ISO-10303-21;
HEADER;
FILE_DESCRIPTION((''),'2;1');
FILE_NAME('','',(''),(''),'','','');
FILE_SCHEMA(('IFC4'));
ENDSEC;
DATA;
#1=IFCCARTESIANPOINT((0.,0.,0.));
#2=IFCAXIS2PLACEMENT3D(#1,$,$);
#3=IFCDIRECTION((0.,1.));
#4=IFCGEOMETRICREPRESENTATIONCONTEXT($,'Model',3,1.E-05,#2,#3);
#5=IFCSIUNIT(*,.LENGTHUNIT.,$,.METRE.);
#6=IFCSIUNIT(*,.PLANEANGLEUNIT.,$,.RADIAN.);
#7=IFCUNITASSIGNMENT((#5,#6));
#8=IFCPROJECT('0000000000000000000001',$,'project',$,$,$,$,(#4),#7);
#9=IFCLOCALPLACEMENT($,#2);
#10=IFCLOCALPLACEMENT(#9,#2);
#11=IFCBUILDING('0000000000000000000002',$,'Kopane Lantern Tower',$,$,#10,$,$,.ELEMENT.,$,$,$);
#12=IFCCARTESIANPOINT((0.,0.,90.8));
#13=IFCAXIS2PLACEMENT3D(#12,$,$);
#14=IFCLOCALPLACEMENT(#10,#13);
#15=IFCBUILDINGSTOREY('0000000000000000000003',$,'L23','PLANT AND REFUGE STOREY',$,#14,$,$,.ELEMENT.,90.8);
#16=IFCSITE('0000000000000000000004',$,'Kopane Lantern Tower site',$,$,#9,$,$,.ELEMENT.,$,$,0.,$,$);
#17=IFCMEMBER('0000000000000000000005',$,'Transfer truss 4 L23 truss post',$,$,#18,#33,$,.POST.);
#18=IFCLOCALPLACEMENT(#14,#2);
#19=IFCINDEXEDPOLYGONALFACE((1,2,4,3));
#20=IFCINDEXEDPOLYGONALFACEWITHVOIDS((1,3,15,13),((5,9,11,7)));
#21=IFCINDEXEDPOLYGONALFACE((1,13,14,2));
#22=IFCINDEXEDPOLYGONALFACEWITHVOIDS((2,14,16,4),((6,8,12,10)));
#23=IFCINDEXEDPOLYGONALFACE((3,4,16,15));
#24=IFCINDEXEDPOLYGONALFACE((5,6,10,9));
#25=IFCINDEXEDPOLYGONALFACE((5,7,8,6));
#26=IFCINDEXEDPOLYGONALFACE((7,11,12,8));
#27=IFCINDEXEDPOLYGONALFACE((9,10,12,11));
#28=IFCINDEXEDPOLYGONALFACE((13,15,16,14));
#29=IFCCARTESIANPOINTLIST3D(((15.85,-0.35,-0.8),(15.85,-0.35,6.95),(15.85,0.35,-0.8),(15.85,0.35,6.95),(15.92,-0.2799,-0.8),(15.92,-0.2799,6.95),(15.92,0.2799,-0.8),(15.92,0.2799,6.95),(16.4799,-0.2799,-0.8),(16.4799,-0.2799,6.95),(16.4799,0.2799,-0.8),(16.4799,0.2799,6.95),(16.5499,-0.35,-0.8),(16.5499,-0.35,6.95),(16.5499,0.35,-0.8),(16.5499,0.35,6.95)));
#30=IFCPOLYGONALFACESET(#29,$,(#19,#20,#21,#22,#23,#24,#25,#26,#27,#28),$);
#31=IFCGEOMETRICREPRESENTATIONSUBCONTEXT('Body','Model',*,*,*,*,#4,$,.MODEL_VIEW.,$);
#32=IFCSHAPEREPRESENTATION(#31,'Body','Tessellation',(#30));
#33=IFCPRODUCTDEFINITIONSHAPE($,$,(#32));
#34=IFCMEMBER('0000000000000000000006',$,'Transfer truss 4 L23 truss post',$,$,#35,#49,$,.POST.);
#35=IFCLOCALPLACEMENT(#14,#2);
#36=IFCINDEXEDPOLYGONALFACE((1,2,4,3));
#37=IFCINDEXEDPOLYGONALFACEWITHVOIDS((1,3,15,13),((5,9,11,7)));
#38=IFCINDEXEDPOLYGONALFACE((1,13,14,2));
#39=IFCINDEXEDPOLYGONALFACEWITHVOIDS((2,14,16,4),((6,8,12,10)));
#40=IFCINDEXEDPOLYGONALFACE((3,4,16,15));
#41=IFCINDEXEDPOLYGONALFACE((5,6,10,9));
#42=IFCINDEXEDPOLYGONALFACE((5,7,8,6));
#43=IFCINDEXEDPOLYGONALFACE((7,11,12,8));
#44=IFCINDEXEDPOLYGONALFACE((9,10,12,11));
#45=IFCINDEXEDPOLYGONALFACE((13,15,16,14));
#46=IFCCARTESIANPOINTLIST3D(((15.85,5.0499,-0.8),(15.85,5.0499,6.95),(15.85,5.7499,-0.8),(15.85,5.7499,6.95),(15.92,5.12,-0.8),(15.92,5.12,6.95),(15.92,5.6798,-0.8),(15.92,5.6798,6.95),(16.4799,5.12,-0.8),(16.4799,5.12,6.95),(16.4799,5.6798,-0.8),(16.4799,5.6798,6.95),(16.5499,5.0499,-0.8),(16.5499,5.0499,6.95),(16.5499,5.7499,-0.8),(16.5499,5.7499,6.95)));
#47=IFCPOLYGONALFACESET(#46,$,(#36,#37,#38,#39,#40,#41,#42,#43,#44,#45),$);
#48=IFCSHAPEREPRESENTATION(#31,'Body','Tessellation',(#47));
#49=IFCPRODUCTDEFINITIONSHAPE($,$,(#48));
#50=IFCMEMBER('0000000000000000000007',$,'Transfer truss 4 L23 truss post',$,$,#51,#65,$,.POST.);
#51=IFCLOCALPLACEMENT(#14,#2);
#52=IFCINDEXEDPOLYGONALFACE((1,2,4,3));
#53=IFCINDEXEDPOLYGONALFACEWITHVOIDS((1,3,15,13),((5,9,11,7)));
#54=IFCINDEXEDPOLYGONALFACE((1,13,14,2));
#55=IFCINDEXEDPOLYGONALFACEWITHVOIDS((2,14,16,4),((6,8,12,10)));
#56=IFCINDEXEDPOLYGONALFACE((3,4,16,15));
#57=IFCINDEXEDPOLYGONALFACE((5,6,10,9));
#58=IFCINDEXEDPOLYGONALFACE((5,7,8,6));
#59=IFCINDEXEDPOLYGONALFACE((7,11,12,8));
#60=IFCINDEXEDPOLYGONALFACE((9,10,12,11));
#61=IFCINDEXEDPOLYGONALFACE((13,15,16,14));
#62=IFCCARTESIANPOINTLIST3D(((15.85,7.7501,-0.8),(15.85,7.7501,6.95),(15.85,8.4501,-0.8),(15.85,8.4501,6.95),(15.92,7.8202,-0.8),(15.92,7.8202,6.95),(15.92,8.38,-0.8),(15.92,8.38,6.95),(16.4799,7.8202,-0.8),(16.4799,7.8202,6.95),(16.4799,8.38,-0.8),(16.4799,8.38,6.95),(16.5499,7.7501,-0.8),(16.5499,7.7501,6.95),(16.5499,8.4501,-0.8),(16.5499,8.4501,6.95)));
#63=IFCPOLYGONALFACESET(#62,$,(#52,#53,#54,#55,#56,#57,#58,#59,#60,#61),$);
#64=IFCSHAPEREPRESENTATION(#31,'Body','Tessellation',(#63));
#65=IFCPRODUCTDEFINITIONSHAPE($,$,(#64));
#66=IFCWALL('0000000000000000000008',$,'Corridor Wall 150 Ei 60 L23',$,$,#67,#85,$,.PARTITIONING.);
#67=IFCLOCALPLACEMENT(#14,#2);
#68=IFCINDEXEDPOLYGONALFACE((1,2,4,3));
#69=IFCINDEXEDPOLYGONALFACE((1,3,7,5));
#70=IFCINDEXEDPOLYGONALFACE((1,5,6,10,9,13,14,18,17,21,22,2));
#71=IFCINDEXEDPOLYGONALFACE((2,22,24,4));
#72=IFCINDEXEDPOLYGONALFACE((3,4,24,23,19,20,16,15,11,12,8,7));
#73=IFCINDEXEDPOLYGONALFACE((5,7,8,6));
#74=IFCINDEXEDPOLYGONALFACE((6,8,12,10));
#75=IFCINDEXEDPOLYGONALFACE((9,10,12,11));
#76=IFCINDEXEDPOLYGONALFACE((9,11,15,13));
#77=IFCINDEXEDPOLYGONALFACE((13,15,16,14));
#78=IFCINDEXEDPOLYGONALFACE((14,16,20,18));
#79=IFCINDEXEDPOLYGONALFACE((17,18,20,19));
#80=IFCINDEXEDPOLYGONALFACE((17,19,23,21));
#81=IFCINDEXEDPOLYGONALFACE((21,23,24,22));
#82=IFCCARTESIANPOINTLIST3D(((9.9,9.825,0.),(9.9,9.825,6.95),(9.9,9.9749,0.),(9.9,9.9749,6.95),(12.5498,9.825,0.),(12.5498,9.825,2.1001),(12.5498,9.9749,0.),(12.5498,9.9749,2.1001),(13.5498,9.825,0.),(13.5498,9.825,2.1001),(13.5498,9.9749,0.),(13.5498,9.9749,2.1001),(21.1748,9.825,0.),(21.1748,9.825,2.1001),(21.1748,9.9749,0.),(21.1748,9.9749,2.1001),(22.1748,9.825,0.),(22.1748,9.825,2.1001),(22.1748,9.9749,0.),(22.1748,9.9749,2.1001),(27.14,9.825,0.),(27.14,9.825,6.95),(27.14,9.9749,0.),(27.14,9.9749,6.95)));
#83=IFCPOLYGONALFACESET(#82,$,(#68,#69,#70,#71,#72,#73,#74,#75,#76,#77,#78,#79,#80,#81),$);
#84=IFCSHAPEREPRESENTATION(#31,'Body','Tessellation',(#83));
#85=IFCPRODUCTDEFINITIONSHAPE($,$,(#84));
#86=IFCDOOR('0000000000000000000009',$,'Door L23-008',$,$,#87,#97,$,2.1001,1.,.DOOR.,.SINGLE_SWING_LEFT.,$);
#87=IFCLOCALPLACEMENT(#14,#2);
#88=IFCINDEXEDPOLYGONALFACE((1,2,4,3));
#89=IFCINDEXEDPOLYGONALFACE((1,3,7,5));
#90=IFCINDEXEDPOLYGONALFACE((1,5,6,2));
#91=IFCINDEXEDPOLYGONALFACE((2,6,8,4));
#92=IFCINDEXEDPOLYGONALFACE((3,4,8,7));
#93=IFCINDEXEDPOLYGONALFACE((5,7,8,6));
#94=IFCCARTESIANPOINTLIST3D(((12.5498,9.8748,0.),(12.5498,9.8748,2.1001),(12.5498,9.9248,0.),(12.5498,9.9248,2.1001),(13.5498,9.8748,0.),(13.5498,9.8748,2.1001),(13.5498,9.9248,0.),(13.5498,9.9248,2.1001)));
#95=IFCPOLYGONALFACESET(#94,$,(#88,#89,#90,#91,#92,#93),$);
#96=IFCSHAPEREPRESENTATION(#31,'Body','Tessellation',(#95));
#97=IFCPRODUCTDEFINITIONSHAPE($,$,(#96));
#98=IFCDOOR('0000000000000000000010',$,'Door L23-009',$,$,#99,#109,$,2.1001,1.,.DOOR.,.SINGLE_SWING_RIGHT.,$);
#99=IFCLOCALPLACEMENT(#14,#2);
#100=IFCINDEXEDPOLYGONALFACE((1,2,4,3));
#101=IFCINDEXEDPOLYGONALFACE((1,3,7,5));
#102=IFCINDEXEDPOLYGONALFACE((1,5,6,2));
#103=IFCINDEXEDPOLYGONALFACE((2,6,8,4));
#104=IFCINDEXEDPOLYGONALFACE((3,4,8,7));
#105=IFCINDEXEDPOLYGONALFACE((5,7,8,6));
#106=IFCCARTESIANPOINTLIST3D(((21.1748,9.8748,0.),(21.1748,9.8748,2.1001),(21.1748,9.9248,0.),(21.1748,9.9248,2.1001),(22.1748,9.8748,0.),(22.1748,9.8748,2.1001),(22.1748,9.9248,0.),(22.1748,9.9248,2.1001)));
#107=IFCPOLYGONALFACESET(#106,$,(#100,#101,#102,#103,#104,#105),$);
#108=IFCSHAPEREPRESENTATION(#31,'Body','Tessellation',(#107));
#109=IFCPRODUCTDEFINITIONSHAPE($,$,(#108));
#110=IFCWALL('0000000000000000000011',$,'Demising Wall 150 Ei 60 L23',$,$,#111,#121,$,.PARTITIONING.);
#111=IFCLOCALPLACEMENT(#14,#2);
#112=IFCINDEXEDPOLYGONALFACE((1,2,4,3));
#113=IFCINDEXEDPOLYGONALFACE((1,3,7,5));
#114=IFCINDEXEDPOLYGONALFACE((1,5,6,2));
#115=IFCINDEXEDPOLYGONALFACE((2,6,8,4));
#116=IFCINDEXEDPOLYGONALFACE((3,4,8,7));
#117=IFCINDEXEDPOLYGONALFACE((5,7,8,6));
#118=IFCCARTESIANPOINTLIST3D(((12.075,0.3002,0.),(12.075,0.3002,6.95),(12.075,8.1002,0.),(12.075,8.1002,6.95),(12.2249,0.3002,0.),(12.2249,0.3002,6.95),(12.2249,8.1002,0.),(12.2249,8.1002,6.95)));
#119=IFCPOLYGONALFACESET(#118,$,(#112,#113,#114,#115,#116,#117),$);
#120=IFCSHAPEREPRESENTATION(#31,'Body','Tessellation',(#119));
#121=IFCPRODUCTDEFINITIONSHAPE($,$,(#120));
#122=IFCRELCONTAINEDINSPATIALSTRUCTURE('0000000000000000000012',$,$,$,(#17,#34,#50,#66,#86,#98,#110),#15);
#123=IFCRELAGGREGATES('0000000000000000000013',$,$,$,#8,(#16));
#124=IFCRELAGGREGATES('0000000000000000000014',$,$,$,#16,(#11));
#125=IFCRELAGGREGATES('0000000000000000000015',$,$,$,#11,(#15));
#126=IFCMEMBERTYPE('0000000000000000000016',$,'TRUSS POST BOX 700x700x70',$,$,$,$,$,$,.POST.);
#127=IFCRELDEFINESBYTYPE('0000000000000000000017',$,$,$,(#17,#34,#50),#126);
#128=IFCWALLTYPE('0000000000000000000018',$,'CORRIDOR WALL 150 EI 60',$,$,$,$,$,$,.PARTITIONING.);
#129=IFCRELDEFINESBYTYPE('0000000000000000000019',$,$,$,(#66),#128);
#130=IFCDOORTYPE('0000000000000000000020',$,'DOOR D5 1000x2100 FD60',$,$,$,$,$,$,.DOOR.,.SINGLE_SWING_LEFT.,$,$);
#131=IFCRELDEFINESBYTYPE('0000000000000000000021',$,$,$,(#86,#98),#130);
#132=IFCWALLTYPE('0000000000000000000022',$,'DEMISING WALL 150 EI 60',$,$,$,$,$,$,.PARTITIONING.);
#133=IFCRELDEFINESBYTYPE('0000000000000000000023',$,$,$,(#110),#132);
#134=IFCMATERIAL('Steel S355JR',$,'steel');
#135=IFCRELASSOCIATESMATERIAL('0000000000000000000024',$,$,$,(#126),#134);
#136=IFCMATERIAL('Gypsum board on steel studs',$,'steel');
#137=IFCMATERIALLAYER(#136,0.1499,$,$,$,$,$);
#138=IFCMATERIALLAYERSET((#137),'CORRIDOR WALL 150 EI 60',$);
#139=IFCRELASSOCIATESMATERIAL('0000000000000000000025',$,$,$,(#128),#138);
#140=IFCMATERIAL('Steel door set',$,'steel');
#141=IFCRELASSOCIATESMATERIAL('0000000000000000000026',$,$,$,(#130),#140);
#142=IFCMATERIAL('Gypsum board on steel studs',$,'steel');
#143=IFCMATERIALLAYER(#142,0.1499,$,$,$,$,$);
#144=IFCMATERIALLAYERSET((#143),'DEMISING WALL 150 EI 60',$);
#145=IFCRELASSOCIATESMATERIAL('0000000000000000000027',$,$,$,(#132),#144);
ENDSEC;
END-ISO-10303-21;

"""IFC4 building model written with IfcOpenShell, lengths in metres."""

from ifc_helpers import new_model, si_unit, direction, frame, frame_2d, origin, origin_2d, place, context, subcontext, project, spatial, rectangle, hollow_rectangle, extrude, material, layer, layer_set, material_profile, profile_set, type_object, element, fill, save


model = new_model("IFC4")

# Units and contexts
model_context = context("Model", 3, precision=1e-05, world=origin(), true_north=direction((0.0, 1.0)))
body_context = subcontext(model_context, "Body", "Model", "MODEL_VIEW")
ifc_project = project(units=[si_unit("LENGTHUNIT", "METRE"), si_unit("PLANEANGLEUNIT", "RADIAN")], contexts=[model_context])

# Site, building, storey
site_placement = place(None, origin())
site = spatial("IfcSite", under=ifc_project, at=site_placement, Name="Kopane Lantern Tower site", CompositionType="ELEMENT", RefElevation=0.0)
building_placement = place(site_placement, origin())
building = spatial("IfcBuilding", under=site, at=building_placement, Name="Kopane Lantern Tower", CompositionType="ELEMENT")
storey_placement = place(building_placement, frame((0.0, 0.0, 90.8)))
storey = spatial("IfcBuildingStorey", under=building, at=storey_placement, Name="L23", Description="PLANT AND REFUGE STOREY", CompositionType="ELEMENT", Elevation=90.8)

# Members
ifc_material_1 = material(Name="Steel S355JR", Category="steel")
ifc_material_profile_1 = material_profile(ifc_material_1, hollow_rectangle(XDim=0.7, YDim=0.7, WallThickness=0.0701, at=origin_2d()), Name="BOX 700x700x70")
ifc_profile_set_1 = profile_set([ifc_material_profile_1], Name="Steel S355JR")
member_type_1 = type_object("IfcMemberType", Name="TRUSS POST BOX 700x700x70", PredefinedType="POST", material=ifc_profile_set_1)
for number, where, z_axis, x_axis, name in (
    (1, (16.2, 0.0, -0.8), (0.0, 0.0, 1.0), (1.0, 0.0, 0.0), "Transfer truss 4 L23 truss post"),
    (2, (16.2, 5.3999, -0.8), (0.0, 0.0, 1.0), (1.0, 0.0, 0.0), "Transfer truss 4 L23 truss post"),
    (3, (16.2, 8.1001, -0.8), (0.0, 0.0, 1.0), (1.0, 0.0, 0.0), "Transfer truss 4 L23 truss post"),
):
    element("IfcMember", number, at=place(storey_placement, frame(where, z_axis=z_axis, x_axis=x_axis)), inside=storey, type_object=member_type_1, Name=name, PredefinedType="POST", context=body_context, shape_type="SweptSolid", body=[
        extrude(hollow_rectangle(XDim=0.7, YDim=0.7, WallThickness=0.0701, at=origin_2d()), origin(), (0.0, 0.0, 1.0), 7.75),
    ])

# Wall, openings, doors
ifc_material_2 = material(Name="Gypsum board on steel studs", Category="steel")
ifc_layer_1 = layer(ifc_material_2, 0.1499)
ifc_layer_set_1 = layer_set([ifc_layer_1], Name="CORRIDOR WALL 150 EI 60")
wall_type_1 = type_object("IfcWallType", Name="CORRIDOR WALL 150 EI 60", PredefinedType="PARTITIONING", material=ifc_layer_set_1)
wall_1_placement = place(storey_placement, frame((9.8999, 9.8999, 0.0), z_axis=(0.0, 0.0, 1.0), x_axis=(1.0, 0.0, 0.0)))
wall_1 = element("IfcWall", 4, at=wall_1_placement, inside=storey, type_object=wall_type_1, Name="Corridor Wall 150 Ei 60 L23", PredefinedType="PARTITIONING", context=body_context, shape_type="SweptSolid", body=[
    extrude(rectangle(XDim=17.24, YDim=0.1499, at=frame_2d((8.6201, 0.0))), origin(), (0.0, 0.0, 1.0), 6.95),
])
opening_1_placement = place(wall_1_placement, frame((2.6499, 0.0, 0.0)))
opening_1 = element("IfcOpeningElement", 5, at=opening_1_placement, cuts=wall_1, PredefinedType="OPENING", context=body_context, shape_type="SweptSolid", body=[
    extrude(rectangle(XDim=1.0, YDim=2.1001, at=frame_2d((0.5, 1.05))), frame((0.0, 0.085, 0.0), z_axis=(0.0, -1.0, 0.0), x_axis=(1.0, 0.0, 0.0)), (0.0, 0.0, 1.0), 0.1699),
])
opening_2_placement = place(wall_1_placement, frame((11.2749, 0.0, 0.0)))
opening_2 = element("IfcOpeningElement", 6, at=opening_2_placement, cuts=wall_1, PredefinedType="OPENING", context=body_context, shape_type="SweptSolid", body=[
    extrude(rectangle(XDim=1.0, YDim=2.1001, at=frame_2d((0.5, 1.05))), frame((0.0, 0.085, 0.0), z_axis=(0.0, -1.0, 0.0), x_axis=(1.0, 0.0, 0.0)), (0.0, 0.0, 1.0), 0.1699),
])
ifc_material_3 = material(Name="Steel door set", Category="steel")
door_type = type_object("IfcDoorType", Name="DOOR D5 1000x2100 FD60", OperationType="SINGLE_SWING_LEFT", PredefinedType="DOOR", material=ifc_material_3)
door_1_placement = place(opening_1_placement, origin())
door_1 = element("IfcDoor", 7, at=door_1_placement, inside=storey, type_object=door_type, Name="Door L23-008", OperationType="SINGLE_SWING_LEFT", OverallHeight=2.1001, OverallWidth=1.0, PredefinedType="DOOR", context=body_context, shape_type="SweptSolid", body=[
    extrude(rectangle(XDim=1.0, YDim=2.1001, at=frame_2d((0.5, 1.05))), frame((0.0, 0.0249, 0.0), z_axis=(0.0, -1.0, 0.0), x_axis=(1.0, 0.0, 0.0)), (0.0, 0.0, 1.0), 0.05),
])
fill(opening_1, door_1)
door_2_placement = place(opening_2_placement, origin())
door_2 = element("IfcDoor", 8, at=door_2_placement, inside=storey, type_object=door_type, Name="Door L23-009", OperationType="SINGLE_SWING_RIGHT", OverallHeight=2.1001, OverallWidth=1.0, PredefinedType="DOOR", context=body_context, shape_type="SweptSolid", body=[
    extrude(rectangle(XDim=1.0, YDim=2.1001, at=frame_2d((0.5, 1.05))), frame((0.0, 0.0249, 0.0), z_axis=(0.0, -1.0, 0.0), x_axis=(1.0, 0.0, 0.0)), (0.0, 0.0, 1.0), 0.05),
])
fill(opening_2, door_2)

# Wall
ifc_material_4 = material(Name="Gypsum board on steel studs", Category="steel")
ifc_layer_2 = layer(ifc_material_4, 0.1499)
ifc_layer_set_2 = layer_set([ifc_layer_2], Name="DEMISING WALL 150 EI 60")
wall_type_2 = type_object("IfcWallType", Name="DEMISING WALL 150 EI 60", PredefinedType="PARTITIONING", material=ifc_layer_set_2)
wall_2_placement = place(storey_placement, frame((12.1499, 8.1001, 0.0), z_axis=(0.0, 0.0, 1.0), x_axis=(0.0, -1.0, 0.0)))
element("IfcWall", 9, at=wall_2_placement, inside=storey, type_object=wall_type_2, Name="Demising Wall 150 Ei 60 L23", PredefinedType="PARTITIONING", context=body_context, shape_type="SweptSolid", body=[
    extrude(rectangle(XDim=7.8, YDim=0.1499, at=frame_2d((3.8999, 0.0))), origin(), (0.0, 0.0, 1.0), 6.95),
])

save(model, "model.ifc")
